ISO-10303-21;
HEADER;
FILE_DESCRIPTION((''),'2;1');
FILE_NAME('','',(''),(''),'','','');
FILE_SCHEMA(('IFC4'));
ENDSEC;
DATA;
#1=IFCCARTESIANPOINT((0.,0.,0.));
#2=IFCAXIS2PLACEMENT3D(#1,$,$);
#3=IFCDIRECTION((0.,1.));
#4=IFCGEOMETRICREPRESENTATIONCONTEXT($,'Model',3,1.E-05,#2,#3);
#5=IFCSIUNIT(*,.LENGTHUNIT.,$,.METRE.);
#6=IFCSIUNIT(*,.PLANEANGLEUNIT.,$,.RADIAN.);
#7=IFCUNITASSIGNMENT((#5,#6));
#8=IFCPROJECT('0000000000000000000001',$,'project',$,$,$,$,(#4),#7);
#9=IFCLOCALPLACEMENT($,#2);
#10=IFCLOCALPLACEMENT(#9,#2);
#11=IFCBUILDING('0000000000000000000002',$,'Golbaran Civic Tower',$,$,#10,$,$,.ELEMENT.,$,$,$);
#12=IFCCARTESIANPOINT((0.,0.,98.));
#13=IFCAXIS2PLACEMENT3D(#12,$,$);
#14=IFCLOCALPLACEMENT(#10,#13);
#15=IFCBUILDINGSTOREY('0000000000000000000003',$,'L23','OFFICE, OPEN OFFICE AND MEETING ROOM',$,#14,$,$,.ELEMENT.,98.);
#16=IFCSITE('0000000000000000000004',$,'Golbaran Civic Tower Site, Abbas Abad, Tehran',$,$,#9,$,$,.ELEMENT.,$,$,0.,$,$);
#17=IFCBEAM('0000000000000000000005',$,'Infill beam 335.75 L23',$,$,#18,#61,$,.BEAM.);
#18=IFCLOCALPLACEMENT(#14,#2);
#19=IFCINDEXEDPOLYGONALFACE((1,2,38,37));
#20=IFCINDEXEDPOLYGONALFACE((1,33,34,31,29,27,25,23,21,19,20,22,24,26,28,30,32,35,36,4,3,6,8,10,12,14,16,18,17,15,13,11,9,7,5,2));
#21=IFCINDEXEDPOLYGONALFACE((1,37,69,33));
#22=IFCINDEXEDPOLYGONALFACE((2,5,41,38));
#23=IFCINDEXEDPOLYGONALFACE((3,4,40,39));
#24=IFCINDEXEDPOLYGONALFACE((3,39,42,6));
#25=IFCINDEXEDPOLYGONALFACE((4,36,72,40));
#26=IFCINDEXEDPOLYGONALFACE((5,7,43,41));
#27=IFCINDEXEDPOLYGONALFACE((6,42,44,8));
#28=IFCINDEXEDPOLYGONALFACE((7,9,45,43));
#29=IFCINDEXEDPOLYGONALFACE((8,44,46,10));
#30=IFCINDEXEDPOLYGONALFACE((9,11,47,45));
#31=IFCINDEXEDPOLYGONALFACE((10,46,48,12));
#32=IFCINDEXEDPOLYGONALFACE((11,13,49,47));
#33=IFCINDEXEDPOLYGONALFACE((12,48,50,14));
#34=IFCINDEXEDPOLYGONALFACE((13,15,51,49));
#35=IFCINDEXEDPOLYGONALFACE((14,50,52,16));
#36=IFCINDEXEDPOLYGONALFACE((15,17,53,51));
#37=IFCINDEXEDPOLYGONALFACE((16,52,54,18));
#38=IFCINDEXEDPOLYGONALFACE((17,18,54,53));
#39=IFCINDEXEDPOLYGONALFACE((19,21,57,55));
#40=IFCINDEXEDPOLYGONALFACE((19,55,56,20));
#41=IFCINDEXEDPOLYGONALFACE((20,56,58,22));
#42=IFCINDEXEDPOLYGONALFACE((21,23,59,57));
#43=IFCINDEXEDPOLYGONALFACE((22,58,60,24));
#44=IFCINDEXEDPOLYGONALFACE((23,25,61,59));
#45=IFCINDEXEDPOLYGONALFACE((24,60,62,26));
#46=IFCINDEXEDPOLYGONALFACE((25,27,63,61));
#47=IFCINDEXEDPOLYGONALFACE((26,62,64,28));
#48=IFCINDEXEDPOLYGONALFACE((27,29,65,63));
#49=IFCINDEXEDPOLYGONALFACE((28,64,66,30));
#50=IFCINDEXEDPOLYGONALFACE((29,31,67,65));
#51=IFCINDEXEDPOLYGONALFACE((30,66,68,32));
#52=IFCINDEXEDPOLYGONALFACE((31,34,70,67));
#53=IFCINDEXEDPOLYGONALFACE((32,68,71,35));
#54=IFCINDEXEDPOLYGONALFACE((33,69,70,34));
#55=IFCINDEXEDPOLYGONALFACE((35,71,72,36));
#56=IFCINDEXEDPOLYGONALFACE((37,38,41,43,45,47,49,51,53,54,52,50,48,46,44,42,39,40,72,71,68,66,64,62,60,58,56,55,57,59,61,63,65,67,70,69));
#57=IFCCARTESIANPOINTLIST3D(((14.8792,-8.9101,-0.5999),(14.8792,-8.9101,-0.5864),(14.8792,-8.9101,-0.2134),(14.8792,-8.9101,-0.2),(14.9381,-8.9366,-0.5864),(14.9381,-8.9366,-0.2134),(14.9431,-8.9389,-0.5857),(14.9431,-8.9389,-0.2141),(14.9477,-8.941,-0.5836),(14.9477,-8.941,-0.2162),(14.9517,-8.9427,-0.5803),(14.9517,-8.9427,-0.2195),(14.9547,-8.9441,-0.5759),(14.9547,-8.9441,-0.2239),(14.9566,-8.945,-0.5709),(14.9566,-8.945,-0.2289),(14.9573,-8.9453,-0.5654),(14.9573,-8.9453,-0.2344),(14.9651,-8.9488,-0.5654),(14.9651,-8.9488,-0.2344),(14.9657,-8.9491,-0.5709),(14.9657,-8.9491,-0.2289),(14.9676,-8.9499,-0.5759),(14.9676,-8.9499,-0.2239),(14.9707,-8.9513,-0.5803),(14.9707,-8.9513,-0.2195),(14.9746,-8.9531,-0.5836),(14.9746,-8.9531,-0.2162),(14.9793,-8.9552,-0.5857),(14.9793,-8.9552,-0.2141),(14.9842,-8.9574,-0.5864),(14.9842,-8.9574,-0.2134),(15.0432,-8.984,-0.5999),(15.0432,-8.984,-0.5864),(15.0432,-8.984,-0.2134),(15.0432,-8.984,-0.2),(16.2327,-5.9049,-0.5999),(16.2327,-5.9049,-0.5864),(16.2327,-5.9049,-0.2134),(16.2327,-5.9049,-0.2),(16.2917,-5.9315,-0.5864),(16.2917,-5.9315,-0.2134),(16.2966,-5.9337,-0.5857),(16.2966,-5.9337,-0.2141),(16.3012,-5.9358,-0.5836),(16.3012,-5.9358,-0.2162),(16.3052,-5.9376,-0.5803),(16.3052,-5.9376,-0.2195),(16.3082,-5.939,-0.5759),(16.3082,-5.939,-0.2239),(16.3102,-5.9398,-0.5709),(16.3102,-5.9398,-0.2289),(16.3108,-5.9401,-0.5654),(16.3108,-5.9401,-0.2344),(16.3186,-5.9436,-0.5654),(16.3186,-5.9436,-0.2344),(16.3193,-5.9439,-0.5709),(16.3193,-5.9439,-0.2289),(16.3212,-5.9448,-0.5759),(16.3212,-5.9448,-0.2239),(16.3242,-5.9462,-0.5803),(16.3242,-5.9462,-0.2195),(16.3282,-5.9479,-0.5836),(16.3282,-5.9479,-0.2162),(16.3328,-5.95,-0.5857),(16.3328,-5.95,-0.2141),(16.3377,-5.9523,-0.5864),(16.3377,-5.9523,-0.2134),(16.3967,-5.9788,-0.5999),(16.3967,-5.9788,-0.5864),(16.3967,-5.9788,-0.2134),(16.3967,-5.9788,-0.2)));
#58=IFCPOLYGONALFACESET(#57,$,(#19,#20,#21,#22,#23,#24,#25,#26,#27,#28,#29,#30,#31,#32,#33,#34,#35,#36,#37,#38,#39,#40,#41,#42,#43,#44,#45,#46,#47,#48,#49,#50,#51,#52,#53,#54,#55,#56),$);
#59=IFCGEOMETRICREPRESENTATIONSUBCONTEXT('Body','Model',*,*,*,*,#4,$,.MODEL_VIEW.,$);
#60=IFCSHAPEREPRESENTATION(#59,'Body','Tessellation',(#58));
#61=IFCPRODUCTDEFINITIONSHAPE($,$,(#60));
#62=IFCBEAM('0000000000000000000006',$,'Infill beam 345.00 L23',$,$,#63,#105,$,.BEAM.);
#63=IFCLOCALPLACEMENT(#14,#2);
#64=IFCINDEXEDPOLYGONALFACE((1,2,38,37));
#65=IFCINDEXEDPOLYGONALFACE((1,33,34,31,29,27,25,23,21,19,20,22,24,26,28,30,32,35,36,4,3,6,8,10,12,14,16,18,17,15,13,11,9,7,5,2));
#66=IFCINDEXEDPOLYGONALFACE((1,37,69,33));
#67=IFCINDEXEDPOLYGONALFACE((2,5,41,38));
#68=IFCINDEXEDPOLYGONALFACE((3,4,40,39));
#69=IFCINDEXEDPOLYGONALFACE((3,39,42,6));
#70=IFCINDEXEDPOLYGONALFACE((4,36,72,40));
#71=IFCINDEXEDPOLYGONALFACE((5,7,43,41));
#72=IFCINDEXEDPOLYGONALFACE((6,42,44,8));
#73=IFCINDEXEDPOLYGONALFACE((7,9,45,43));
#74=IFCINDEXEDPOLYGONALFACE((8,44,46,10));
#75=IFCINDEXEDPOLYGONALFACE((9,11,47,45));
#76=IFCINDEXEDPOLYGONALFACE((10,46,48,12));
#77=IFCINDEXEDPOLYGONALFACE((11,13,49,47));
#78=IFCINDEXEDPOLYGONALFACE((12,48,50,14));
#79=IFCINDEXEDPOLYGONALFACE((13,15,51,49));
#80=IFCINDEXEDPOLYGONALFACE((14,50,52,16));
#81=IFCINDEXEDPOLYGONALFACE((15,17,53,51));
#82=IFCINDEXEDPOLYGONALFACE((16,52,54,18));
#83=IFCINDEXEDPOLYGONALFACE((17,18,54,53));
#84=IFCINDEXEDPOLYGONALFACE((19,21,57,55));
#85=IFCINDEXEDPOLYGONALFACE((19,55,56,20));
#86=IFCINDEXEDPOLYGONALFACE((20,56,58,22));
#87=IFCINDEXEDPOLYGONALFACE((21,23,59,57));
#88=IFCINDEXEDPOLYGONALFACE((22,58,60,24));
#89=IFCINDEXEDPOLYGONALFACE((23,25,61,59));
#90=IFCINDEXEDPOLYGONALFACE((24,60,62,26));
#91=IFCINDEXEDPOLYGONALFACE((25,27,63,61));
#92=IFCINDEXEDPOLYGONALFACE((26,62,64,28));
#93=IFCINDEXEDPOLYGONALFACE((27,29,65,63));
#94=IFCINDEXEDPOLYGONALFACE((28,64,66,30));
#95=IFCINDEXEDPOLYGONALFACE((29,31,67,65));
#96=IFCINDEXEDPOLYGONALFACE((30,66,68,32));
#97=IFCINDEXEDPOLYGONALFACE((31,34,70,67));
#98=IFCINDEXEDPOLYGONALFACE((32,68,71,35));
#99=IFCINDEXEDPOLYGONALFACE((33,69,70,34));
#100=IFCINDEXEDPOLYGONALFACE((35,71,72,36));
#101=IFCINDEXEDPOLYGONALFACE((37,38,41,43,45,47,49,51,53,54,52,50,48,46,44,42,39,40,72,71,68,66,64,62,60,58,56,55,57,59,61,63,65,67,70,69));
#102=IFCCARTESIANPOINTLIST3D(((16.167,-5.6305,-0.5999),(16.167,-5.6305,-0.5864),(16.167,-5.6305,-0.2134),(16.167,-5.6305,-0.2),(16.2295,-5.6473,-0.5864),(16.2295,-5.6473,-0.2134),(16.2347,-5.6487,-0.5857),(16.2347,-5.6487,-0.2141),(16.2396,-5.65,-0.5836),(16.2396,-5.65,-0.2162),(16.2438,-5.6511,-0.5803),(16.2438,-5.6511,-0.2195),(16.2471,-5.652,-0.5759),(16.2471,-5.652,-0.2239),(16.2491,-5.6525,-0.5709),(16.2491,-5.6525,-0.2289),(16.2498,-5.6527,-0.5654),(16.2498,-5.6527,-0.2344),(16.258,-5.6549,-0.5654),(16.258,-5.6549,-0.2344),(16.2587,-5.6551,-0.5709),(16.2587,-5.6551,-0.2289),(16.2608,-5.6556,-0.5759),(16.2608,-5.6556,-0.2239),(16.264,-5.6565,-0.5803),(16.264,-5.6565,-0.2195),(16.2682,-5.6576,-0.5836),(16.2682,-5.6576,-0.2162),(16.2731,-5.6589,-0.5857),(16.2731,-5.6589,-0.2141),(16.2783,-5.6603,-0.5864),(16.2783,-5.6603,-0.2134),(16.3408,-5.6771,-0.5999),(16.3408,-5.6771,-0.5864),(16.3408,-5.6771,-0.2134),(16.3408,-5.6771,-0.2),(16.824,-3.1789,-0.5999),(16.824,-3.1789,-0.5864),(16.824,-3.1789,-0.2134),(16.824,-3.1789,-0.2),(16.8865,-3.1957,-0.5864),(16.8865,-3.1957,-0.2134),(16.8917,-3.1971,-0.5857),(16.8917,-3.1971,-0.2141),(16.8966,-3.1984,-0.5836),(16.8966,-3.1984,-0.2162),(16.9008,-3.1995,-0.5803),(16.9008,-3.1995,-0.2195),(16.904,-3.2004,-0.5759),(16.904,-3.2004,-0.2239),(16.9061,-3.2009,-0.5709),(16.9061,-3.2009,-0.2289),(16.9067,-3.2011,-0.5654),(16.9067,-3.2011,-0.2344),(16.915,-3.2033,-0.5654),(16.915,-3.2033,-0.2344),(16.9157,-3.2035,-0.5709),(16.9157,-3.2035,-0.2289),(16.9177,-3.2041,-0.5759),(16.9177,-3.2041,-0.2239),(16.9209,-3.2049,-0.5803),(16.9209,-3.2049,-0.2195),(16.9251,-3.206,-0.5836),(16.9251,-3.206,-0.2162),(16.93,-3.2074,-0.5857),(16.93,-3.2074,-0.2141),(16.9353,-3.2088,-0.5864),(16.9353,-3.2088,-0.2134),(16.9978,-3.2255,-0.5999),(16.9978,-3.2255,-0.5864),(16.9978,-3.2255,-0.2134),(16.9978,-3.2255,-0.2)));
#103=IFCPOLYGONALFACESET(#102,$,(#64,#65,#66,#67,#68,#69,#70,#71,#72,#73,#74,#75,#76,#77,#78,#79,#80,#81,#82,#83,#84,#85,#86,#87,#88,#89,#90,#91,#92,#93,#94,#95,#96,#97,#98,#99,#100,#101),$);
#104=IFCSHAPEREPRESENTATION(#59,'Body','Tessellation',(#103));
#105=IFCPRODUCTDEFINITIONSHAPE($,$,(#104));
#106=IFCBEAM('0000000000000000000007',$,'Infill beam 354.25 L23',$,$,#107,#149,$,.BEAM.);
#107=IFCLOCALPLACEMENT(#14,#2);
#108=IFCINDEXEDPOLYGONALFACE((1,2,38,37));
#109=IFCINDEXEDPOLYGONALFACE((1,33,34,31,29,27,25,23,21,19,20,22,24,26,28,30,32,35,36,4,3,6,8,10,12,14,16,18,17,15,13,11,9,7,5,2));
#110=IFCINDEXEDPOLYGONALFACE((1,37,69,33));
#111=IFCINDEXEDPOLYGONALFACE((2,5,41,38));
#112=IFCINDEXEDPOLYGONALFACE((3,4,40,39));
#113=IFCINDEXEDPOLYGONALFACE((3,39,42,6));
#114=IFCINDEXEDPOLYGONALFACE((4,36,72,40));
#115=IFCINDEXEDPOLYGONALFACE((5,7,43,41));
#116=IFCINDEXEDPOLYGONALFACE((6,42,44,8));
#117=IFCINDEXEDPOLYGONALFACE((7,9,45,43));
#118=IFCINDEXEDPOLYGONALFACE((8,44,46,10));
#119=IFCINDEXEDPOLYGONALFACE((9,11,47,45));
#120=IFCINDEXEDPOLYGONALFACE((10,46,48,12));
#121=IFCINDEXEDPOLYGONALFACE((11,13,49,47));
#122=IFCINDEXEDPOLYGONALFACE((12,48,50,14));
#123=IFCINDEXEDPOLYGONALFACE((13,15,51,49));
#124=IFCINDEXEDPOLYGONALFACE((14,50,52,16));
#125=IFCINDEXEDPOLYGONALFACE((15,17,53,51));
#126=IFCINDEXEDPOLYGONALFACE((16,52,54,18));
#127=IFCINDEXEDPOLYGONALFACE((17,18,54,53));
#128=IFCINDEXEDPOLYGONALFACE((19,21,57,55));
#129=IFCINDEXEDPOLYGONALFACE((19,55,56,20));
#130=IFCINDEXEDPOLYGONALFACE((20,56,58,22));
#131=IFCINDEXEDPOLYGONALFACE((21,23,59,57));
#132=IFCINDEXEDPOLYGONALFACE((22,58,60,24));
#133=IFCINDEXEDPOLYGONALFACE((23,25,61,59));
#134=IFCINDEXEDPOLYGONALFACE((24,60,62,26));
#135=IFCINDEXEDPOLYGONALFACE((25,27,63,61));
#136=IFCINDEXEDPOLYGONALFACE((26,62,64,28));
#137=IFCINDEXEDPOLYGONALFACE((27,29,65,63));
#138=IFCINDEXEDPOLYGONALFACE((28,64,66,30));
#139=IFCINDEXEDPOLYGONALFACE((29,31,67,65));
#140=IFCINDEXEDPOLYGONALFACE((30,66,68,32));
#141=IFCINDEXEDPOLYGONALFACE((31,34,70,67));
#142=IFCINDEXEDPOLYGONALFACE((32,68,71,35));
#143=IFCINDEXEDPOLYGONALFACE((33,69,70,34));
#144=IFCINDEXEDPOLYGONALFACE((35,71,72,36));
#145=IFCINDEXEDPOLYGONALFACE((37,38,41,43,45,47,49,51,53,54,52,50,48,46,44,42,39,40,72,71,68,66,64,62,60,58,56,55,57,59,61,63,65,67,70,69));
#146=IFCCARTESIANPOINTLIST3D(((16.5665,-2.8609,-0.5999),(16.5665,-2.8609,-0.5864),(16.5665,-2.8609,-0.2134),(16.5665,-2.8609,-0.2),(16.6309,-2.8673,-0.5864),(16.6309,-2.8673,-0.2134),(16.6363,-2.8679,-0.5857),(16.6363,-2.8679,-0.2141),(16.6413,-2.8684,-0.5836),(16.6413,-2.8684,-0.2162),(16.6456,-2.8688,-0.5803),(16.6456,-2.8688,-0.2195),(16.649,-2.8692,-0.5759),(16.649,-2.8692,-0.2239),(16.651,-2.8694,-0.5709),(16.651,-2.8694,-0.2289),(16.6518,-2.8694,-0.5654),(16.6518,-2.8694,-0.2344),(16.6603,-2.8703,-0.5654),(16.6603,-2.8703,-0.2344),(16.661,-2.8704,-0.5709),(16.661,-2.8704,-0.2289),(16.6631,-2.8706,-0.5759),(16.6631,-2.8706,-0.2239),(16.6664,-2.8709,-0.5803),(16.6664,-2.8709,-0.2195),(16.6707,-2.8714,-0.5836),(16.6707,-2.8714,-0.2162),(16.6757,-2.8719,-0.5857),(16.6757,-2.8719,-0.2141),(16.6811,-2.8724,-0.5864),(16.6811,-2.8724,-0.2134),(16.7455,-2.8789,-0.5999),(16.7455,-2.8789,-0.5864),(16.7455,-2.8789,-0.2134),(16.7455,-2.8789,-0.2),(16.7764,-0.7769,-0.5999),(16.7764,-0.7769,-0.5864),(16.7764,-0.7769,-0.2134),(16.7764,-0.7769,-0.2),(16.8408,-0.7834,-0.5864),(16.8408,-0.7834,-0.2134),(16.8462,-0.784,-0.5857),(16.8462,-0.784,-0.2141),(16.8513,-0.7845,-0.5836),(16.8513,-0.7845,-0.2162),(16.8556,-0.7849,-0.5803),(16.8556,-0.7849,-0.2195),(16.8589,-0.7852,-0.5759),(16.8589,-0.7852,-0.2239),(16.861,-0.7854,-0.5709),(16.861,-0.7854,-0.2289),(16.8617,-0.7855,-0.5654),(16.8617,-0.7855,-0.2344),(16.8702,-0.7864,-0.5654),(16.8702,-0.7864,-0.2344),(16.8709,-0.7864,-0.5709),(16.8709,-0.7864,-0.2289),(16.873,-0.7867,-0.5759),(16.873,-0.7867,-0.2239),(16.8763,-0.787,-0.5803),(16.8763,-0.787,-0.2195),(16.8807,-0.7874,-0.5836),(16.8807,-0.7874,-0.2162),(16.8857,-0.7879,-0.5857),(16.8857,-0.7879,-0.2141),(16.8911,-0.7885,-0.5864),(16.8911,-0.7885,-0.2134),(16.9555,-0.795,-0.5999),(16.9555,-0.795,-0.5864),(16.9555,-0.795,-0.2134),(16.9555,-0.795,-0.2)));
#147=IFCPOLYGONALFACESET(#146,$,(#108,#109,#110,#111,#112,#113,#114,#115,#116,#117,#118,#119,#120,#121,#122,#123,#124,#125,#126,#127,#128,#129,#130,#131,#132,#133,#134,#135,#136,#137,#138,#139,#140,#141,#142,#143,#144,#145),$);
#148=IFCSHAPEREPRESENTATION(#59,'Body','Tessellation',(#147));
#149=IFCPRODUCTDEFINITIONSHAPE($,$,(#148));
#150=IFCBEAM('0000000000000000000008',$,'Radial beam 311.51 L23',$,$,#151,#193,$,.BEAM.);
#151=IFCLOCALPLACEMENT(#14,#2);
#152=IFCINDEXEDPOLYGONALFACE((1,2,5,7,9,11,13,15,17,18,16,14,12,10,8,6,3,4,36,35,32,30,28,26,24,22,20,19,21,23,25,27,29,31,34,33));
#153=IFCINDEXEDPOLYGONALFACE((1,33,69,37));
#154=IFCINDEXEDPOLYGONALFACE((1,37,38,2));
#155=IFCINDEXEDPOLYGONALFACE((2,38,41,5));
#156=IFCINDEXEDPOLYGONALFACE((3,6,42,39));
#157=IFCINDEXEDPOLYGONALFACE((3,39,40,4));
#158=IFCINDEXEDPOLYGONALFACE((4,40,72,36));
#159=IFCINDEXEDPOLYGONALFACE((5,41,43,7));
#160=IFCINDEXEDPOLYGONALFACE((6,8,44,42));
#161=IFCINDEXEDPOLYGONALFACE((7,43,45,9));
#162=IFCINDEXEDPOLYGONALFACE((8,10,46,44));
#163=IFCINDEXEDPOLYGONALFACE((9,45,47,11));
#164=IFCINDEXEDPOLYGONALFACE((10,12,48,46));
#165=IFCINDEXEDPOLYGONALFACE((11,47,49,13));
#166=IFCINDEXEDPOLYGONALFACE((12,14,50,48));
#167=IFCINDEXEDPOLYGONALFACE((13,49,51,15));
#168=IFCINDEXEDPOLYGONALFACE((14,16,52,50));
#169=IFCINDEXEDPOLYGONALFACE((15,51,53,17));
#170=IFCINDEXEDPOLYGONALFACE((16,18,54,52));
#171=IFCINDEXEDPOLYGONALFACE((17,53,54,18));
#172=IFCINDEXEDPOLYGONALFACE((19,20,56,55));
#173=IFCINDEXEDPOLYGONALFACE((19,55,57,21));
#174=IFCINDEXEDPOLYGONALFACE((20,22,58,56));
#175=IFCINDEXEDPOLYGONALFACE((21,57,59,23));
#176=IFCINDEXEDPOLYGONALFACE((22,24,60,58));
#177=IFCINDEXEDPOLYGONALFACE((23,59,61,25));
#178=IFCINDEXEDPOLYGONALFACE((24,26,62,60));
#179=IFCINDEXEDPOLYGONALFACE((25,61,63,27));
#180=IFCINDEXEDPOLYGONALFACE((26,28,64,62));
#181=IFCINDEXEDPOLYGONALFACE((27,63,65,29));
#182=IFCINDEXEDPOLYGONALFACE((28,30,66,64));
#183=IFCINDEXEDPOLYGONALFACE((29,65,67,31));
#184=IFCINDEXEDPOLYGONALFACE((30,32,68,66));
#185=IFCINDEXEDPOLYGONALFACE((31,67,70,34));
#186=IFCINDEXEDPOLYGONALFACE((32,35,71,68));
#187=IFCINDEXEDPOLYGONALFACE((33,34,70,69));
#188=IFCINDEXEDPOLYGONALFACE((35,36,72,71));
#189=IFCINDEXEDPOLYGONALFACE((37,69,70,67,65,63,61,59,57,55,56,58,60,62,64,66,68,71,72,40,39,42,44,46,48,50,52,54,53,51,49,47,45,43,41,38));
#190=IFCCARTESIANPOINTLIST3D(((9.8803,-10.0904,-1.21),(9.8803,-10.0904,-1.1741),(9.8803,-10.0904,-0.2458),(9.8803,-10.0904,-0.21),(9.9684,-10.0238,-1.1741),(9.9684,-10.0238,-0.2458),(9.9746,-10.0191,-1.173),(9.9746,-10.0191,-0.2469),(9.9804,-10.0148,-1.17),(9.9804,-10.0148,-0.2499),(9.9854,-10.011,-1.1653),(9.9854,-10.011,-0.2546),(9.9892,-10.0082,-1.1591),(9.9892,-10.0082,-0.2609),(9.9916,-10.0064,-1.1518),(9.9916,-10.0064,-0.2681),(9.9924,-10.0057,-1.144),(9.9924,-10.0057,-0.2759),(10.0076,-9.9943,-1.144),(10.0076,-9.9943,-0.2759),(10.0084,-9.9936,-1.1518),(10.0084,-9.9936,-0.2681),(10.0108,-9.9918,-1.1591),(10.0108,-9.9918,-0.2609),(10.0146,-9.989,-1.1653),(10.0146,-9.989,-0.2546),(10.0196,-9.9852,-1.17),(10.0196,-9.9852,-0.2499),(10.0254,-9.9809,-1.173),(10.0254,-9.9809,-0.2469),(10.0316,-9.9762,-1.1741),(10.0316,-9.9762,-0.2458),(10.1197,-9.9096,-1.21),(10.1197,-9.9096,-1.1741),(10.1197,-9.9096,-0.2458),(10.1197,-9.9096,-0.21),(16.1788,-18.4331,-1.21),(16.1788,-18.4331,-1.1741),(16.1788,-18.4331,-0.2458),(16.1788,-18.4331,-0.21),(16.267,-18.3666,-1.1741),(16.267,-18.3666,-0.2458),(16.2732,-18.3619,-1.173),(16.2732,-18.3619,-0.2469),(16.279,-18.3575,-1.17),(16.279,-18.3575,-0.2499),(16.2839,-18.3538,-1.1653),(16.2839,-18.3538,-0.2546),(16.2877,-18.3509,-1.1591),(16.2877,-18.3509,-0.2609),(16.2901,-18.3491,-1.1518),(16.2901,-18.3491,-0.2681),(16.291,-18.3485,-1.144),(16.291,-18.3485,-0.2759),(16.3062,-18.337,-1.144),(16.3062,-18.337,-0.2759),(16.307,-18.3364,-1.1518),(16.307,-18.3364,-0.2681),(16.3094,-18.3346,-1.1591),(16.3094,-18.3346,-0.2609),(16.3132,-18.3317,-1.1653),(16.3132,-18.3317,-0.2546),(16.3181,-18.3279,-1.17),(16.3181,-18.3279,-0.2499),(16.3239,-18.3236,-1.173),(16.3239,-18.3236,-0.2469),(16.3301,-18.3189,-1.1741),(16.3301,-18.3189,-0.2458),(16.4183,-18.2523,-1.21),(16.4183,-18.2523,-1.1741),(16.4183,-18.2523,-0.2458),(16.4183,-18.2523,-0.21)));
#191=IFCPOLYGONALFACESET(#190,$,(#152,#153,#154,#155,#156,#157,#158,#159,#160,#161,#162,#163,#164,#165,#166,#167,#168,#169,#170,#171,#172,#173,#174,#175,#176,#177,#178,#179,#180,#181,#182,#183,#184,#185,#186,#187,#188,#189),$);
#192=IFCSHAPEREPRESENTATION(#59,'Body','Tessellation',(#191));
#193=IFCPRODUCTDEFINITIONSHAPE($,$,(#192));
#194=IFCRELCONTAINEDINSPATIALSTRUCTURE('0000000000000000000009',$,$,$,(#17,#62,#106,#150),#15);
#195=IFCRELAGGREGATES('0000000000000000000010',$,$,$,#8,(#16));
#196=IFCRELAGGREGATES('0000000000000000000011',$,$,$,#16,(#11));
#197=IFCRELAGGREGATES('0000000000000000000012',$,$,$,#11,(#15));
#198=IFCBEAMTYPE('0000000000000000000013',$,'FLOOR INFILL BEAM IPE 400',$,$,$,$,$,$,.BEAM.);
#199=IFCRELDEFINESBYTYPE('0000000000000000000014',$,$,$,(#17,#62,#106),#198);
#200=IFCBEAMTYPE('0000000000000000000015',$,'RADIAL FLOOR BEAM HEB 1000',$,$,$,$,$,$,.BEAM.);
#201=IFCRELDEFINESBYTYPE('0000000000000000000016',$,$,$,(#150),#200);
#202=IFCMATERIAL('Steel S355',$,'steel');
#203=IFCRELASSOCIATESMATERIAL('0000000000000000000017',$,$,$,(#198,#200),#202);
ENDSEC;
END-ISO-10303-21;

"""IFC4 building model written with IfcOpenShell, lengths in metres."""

from ifc_helpers import new_model, si_unit, direction, frame, origin, origin_2d, place, context, subcontext, project, spatial, i_section, extrude, material, material_profile, profile_set, type_object, element, save


model = new_model("IFC4")

# Units and contexts
model_context = context("Model", 3, precision=1e-05, world=origin(), true_north=direction((0.0, 1.0)))
body_context = subcontext(model_context, "Body", "Model", "MODEL_VIEW")
ifc_project = project(units=[si_unit("LENGTHUNIT", "METRE"), si_unit("PLANEANGLEUNIT", "RADIAN")], contexts=[model_context])

# Site, building, storey
site_placement = place(None, origin())
site = spatial("IfcSite", under=ifc_project, at=site_placement, Name="Golbaran Civic Tower Site, Abbas Abad, Tehran", CompositionType="ELEMENT", RefElevation=0.0)
building_placement = place(site_placement, origin())
building = spatial("IfcBuilding", under=site, at=building_placement, Name="Golbaran Civic Tower", CompositionType="ELEMENT")
storey_placement = place(building_placement, frame((0.0, 0.0, 98.0)))
storey = spatial("IfcBuildingStorey", under=building, at=storey_placement, Name="L23", Description="OFFICE, OPEN OFFICE AND MEETING ROOM", CompositionType="ELEMENT", Elevation=98.0)

# Beams
ifc_material_1 = material(Name="Steel S355", Category="steel")
ifc_material_profile_1 = material_profile(ifc_material_1, i_section(OverallWidth=0.1799, OverallDepth=0.3999, WebThickness=0.0085, FlangeThickness=0.0134, FilletRadius=0.021, at=origin_2d()), Name="IPE 400")
ifc_profile_set_1 = profile_set([ifc_material_profile_1], Name="Steel S355")
beam_type_1 = type_object("IfcBeamType", Name="FLOOR INFILL BEAM IPE 400", PredefinedType="BEAM", material=ifc_profile_set_1)
beam_1_placement = place(storey_placement, frame((14.9612, -8.947, -0.3999), z_axis=(0.41067, 0.911784, 0.0), x_axis=(-0.911784, 0.41067, 0.0)))
element("IfcBeam", 1, at=beam_1_placement, inside=storey, type_object=beam_type_1, Name="Infill beam 335.75 L23", PredefinedType="BEAM", context=body_context, shape_type="SweptSolid", body=[
    extrude(i_section(OverallWidth=0.1799, OverallDepth=0.3999, WebThickness=0.0085, FlangeThickness=0.0134, FilletRadius=0.021, at=origin_2d()), origin(), (0.0, 0.0, 1.0), 3.2959),
])
beam_2_placement = place(storey_placement, frame((16.2539, -5.6538, -0.3999), z_axis=(0.258842, 0.96592, 0.0), x_axis=(-0.96592, 0.258842, 0.0)))
element("IfcBeam", 2, at=beam_2_placement, inside=storey, type_object=beam_type_1, Name="Infill beam 345.00 L23", PredefinedType="BEAM", context=body_context, shape_type="SweptSolid", body=[
    extrude(i_section(OverallWidth=0.1799, OverallDepth=0.3999, WebThickness=0.0085, FlangeThickness=0.0134, FilletRadius=0.021, at=origin_2d()), origin(), (0.0, 0.0, 1.0), 2.5381),
])
beam_3_placement = place(storey_placement, frame((16.656, -2.8699, -0.3999), z_axis=(0.100242, 0.994963, 0.0), x_axis=(-0.994963, 0.100242, 0.0)))
element("IfcBeam", 3, at=beam_3_placement, inside=storey, type_object=beam_type_1, Name="Infill beam 354.25 L23", PredefinedType="BEAM", context=body_context, shape_type="SweptSolid", body=[
    extrude(i_section(OverallWidth=0.1799, OverallDepth=0.3999, WebThickness=0.0085, FlangeThickness=0.0134, FilletRadius=0.021, at=origin_2d()), origin(), (0.0, 0.0, 1.0), 2.0945),
])
ifc_material_profile_2 = material_profile(ifc_material_1, i_section(OverallWidth=0.3, OverallDepth=1.0, WebThickness=0.019, FlangeThickness=0.0359, FilletRadius=0.03, at=origin_2d()), Name="HEB 1000")
ifc_profile_set_2 = profile_set([ifc_material_profile_2], Name="Steel S355")
beam_type_2 = type_object("IfcBeamType", Name="RADIAL FLOOR BEAM HEB 1000", PredefinedType="BEAM", material=ifc_profile_set_2)
beam_4_placement = place(storey_placement, frame((10.0, -10.0, -0.71), z_axis=(0.602538, -0.79809, 0.0), x_axis=(0.79809, 0.602538, 0.0)))
element("IfcBeam", 4, at=beam_4_placement, inside=storey, type_object=beam_type_2, Name="Radial beam 311.51 L23", PredefinedType="BEAM", context=body_context, shape_type="SweptSolid", body=[
    extrude(i_section(OverallWidth=0.3, OverallDepth=1.0, WebThickness=0.019, FlangeThickness=0.0359, FilletRadius=0.03, at=origin_2d()), origin(), (0.0, 0.0, 1.0), 10.4534),
])

save(model, "model.ifc")
